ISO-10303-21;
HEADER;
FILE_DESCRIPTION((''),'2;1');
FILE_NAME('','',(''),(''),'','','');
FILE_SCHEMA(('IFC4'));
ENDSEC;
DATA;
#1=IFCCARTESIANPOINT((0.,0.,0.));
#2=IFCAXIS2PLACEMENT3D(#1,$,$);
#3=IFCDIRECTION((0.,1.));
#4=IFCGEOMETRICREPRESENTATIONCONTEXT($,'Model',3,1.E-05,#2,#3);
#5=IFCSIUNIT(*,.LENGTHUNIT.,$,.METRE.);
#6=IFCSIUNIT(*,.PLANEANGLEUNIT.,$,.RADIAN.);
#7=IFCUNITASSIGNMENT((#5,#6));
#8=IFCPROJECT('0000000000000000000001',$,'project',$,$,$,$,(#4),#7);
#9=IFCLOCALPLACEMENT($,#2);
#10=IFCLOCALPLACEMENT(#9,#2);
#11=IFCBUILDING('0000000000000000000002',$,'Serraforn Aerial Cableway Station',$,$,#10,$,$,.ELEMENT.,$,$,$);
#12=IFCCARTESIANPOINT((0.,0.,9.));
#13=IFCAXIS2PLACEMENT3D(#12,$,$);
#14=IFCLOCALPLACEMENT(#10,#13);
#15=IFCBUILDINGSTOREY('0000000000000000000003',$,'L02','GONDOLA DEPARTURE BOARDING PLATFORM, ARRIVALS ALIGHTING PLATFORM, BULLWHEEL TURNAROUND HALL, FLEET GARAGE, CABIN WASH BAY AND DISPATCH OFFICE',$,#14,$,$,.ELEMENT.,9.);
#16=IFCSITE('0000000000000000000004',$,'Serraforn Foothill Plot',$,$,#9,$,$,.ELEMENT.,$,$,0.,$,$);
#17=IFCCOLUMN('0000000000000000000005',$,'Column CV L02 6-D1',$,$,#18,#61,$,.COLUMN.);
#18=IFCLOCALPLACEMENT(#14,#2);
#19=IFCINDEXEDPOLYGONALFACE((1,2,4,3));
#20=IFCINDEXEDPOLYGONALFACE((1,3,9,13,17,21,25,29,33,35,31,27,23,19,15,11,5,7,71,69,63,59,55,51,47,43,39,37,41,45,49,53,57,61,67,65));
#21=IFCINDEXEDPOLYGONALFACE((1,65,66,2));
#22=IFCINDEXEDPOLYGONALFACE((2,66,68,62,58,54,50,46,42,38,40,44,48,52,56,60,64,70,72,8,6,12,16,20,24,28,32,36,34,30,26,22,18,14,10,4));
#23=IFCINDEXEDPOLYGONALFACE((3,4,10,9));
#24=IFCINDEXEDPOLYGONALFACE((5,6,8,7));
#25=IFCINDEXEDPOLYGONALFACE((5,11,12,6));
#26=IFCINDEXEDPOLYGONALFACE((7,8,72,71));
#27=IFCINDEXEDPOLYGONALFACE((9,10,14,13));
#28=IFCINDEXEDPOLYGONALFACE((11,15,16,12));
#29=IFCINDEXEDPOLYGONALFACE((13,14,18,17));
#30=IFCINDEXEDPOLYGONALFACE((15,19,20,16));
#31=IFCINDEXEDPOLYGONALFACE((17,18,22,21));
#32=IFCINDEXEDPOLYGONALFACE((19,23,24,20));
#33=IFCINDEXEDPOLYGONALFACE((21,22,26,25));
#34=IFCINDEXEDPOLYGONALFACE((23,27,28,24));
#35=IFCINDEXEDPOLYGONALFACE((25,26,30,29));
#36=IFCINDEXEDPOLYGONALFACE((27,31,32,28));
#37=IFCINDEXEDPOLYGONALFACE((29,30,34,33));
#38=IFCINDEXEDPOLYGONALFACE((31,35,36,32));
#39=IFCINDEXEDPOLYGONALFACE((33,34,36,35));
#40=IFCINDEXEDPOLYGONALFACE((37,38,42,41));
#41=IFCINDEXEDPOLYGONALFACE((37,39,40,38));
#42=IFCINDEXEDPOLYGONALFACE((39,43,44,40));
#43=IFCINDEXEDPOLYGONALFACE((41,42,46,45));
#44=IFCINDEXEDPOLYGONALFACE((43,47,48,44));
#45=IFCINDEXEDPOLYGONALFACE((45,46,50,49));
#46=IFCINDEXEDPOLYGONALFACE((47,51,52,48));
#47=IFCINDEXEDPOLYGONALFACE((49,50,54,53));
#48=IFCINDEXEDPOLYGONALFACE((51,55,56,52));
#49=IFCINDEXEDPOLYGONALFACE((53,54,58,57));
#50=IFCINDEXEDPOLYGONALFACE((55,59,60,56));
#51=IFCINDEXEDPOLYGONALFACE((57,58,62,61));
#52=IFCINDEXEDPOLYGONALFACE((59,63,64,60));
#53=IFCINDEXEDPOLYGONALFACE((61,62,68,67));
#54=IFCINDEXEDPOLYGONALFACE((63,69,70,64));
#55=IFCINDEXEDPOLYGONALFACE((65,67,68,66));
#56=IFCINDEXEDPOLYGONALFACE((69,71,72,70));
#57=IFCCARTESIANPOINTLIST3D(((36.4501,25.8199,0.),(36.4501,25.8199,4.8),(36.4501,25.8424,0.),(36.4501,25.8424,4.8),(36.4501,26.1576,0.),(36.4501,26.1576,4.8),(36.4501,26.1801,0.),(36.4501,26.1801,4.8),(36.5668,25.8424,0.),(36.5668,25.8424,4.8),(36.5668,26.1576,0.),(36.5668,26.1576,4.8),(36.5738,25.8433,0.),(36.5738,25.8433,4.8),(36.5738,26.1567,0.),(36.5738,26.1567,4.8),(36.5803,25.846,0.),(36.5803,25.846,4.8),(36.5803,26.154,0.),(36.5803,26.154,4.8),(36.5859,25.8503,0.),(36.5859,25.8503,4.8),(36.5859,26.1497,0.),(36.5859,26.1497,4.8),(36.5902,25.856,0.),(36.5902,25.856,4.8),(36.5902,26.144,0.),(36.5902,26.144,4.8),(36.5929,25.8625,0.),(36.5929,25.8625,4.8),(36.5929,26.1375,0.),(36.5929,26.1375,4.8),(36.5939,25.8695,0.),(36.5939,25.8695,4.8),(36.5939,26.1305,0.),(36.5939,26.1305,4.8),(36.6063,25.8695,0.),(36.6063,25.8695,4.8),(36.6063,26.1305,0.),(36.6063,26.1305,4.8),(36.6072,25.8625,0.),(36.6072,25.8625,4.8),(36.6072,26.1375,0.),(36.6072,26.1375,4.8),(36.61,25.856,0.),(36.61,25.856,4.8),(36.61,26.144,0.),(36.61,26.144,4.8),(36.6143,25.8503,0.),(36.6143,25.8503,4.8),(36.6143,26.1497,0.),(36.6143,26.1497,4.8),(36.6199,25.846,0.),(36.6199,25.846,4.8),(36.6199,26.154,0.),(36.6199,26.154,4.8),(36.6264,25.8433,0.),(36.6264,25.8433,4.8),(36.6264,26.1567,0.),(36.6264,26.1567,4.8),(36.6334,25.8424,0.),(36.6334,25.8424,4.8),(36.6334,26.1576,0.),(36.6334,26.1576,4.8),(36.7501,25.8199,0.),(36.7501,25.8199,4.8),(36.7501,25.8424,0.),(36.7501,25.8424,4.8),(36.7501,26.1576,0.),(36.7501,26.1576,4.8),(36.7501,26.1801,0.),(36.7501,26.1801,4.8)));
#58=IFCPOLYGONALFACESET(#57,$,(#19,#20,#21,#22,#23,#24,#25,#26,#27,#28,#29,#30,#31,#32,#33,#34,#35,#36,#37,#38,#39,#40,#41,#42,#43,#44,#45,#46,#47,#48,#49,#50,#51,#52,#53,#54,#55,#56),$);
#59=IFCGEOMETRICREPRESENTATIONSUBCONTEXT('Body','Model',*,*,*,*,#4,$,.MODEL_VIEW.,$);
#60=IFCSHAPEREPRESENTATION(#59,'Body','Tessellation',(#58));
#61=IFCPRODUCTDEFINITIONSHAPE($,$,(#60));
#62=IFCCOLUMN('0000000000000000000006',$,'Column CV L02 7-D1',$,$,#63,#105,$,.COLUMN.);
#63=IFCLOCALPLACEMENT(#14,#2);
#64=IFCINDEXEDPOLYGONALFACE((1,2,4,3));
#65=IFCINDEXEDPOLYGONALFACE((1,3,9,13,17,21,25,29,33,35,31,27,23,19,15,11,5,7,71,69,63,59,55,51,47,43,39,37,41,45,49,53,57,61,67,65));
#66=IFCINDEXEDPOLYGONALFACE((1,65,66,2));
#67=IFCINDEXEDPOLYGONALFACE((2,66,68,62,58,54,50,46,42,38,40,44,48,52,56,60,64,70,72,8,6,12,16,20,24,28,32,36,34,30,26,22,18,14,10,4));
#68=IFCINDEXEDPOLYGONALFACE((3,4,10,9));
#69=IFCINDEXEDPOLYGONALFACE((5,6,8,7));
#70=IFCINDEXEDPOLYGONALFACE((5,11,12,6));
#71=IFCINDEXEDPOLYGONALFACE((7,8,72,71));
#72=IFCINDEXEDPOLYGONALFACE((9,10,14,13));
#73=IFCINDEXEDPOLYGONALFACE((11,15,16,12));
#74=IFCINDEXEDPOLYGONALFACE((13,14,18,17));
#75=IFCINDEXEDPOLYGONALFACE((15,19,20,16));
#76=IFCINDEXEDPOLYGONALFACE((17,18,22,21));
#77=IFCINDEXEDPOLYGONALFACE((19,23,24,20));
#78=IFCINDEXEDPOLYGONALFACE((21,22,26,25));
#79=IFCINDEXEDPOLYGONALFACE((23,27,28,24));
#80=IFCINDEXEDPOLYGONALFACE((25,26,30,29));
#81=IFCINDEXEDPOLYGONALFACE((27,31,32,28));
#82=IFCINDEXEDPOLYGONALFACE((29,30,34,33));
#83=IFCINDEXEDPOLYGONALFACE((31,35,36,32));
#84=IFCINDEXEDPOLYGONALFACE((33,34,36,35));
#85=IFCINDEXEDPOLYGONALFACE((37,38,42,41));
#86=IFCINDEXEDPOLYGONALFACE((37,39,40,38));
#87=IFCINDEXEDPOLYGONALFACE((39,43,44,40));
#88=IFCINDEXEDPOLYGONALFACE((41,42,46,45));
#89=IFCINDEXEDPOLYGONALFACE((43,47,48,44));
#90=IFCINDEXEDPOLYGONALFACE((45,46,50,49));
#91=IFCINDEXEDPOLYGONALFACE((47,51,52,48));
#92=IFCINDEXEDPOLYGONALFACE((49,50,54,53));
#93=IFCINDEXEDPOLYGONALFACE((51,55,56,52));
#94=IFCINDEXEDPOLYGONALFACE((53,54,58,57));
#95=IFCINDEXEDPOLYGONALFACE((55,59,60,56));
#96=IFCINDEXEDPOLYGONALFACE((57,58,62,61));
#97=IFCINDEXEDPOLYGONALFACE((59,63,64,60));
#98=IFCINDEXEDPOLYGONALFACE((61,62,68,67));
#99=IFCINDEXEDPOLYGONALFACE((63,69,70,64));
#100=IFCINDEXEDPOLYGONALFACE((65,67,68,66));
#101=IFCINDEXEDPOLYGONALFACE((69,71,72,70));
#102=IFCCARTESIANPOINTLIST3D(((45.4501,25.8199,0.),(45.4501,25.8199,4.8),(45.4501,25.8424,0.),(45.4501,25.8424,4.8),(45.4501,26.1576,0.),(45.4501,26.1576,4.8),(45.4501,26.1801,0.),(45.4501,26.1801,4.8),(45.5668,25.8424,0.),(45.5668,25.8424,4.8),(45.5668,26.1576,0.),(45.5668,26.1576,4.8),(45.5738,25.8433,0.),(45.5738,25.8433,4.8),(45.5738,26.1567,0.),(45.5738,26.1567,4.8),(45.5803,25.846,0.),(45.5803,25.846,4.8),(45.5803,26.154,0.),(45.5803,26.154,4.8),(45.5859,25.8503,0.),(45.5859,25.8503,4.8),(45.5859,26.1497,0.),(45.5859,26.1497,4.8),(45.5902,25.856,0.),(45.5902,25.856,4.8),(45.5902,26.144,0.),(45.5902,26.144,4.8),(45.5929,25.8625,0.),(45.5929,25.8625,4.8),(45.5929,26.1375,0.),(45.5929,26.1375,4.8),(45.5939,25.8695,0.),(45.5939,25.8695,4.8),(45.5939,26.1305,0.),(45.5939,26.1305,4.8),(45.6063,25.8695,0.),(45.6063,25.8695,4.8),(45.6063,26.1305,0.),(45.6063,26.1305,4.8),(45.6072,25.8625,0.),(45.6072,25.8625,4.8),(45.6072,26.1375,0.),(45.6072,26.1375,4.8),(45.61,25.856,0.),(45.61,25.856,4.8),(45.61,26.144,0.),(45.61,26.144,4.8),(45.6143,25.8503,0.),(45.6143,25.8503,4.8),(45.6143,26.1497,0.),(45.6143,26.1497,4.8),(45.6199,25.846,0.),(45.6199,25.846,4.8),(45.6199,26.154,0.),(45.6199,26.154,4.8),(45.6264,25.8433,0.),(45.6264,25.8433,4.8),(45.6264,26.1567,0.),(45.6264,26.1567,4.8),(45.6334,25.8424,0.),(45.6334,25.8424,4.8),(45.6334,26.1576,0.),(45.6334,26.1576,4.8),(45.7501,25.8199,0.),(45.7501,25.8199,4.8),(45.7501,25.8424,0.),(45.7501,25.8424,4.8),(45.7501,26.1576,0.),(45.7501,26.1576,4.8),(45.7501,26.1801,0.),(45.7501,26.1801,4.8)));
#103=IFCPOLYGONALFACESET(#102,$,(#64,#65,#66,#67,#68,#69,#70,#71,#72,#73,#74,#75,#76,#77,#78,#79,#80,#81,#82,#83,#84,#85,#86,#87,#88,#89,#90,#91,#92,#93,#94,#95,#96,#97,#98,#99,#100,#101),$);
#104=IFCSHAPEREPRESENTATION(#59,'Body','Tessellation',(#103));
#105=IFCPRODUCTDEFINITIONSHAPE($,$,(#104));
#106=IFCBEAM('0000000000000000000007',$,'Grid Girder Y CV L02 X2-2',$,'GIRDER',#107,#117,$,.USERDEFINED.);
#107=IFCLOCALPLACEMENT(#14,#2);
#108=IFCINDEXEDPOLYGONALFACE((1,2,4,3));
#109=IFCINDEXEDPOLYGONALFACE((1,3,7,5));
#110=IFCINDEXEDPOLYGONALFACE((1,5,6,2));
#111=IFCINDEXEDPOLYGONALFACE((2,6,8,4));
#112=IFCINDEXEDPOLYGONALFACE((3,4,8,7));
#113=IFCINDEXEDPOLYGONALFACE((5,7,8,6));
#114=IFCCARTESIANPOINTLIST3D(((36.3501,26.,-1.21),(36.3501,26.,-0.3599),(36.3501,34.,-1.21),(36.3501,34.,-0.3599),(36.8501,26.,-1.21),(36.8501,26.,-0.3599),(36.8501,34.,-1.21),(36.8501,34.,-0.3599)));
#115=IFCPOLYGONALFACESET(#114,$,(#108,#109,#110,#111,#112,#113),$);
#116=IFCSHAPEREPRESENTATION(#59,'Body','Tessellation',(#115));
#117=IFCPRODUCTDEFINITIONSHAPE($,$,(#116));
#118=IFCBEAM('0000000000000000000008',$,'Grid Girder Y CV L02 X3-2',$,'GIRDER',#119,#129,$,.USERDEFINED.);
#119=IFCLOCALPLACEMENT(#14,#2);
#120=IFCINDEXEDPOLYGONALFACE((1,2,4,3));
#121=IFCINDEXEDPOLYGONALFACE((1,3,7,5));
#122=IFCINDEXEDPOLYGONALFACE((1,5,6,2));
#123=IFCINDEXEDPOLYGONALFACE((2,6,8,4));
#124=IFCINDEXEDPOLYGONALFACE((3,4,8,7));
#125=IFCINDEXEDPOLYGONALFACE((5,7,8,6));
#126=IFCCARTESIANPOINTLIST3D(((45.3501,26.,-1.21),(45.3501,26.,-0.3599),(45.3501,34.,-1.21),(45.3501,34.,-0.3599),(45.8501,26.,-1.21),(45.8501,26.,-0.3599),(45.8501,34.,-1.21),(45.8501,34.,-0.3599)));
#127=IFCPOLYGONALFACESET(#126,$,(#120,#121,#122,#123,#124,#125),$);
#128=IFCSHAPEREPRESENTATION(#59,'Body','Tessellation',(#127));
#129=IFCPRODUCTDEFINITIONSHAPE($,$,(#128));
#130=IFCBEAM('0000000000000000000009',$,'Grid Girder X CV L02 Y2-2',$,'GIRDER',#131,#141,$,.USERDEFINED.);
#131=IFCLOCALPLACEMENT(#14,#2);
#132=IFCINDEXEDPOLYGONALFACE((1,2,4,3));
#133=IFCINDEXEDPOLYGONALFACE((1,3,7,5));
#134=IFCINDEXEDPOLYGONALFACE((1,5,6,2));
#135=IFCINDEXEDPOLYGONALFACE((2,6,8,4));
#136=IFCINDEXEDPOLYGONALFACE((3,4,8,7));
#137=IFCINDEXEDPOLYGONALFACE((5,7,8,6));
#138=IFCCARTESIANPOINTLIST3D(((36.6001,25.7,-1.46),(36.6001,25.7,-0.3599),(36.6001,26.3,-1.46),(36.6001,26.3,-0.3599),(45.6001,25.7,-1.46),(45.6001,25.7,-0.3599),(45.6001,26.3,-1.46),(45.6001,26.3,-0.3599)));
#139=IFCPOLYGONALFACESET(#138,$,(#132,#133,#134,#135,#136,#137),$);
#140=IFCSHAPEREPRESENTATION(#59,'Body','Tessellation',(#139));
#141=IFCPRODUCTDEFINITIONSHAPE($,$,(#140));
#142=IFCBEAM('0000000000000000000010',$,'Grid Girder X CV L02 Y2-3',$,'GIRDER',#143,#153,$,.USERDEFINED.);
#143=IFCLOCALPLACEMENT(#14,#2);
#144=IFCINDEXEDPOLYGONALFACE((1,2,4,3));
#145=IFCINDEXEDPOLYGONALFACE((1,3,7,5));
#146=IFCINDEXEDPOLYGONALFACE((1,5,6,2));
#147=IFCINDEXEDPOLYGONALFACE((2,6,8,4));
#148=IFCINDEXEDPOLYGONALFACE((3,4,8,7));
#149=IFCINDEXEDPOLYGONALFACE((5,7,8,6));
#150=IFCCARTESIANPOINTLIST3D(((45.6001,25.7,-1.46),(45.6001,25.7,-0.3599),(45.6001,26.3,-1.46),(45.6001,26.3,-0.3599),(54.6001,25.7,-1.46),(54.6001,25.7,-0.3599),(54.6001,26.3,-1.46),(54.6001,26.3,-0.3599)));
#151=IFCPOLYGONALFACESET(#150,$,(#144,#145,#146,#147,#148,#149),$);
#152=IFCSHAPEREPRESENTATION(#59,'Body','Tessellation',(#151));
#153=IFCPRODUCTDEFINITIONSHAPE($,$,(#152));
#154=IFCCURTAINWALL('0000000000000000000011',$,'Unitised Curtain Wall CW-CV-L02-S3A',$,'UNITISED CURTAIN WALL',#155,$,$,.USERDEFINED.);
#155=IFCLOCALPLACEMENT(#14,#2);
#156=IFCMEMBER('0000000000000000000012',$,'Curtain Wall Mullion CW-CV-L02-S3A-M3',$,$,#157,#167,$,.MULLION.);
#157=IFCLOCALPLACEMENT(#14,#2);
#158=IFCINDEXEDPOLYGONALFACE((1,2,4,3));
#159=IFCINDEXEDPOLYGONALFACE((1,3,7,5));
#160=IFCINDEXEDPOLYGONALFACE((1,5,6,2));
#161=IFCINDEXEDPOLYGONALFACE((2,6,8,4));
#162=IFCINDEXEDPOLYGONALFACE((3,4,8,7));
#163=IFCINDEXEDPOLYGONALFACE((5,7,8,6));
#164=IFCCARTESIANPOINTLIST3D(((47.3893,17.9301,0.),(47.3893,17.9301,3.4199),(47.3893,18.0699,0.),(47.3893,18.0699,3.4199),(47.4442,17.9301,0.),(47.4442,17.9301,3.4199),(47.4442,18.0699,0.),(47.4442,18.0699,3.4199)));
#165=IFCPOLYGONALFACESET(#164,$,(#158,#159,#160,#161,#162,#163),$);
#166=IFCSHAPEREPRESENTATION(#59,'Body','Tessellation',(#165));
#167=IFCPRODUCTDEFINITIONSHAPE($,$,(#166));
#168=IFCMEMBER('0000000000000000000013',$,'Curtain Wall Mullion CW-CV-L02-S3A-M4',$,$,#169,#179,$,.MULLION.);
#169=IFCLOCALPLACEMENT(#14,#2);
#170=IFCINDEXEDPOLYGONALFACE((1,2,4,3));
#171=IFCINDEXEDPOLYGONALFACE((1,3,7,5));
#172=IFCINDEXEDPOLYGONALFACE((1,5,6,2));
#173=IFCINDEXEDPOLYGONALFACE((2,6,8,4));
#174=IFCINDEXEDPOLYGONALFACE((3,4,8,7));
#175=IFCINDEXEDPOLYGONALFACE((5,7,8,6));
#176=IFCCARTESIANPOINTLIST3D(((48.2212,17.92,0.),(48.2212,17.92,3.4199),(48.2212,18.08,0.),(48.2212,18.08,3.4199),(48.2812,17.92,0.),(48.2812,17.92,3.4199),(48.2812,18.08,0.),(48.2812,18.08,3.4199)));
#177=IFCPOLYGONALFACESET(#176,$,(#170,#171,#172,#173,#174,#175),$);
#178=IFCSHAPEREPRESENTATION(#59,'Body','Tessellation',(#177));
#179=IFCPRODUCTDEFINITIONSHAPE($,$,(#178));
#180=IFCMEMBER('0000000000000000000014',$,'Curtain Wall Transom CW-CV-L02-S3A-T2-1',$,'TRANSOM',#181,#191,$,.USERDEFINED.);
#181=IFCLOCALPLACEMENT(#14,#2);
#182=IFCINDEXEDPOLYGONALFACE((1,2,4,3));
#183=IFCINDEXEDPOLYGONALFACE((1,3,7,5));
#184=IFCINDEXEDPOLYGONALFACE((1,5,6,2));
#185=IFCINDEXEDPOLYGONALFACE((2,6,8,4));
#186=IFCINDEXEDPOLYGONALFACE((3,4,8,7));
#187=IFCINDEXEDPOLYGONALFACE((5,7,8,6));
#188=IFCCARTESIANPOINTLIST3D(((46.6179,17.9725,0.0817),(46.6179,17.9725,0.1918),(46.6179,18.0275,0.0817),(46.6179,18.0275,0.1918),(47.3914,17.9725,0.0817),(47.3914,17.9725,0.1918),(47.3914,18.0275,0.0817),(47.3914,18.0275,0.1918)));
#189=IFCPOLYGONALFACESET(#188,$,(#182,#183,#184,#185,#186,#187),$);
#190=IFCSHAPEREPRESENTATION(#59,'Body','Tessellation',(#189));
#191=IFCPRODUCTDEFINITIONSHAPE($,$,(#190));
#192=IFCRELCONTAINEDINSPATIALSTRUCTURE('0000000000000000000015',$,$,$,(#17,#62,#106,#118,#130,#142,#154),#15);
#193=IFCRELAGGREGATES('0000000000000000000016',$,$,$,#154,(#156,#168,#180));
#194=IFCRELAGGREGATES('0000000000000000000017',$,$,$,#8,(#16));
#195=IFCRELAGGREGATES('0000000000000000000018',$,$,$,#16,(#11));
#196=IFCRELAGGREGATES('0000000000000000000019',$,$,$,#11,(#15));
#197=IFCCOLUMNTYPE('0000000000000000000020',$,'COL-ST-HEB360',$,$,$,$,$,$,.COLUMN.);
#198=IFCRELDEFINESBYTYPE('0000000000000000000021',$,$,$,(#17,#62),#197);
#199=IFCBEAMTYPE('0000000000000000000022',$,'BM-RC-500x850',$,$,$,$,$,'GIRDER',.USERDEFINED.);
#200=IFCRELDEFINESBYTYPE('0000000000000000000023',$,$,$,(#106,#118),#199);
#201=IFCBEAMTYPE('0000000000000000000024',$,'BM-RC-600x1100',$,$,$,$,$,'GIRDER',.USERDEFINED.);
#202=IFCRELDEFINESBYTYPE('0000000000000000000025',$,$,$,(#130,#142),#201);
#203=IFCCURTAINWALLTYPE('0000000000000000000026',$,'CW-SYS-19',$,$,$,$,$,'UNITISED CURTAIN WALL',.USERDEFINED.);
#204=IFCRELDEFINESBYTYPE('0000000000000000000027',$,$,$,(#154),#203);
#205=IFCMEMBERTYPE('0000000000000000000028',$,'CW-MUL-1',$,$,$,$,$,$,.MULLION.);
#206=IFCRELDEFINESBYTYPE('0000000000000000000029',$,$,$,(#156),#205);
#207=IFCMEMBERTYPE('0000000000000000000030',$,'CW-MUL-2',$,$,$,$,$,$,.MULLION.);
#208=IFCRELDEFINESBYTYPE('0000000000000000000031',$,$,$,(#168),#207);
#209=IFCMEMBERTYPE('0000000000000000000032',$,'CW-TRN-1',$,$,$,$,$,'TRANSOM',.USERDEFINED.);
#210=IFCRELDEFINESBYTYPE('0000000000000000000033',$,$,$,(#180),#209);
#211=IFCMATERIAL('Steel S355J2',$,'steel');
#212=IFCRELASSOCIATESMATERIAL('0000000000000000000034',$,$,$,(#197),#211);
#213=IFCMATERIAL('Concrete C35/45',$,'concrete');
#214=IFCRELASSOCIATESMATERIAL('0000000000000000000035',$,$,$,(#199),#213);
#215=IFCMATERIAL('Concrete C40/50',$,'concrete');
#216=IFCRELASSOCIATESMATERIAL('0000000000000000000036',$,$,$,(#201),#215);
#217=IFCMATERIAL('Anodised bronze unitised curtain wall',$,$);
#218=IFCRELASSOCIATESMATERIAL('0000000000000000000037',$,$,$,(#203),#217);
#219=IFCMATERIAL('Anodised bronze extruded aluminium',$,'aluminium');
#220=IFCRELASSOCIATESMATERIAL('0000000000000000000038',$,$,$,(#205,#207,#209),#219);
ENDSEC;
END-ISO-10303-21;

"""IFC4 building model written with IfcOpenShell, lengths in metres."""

from ifc_helpers import new_model, si_unit, direction, frame, origin, origin_2d, place, context, subcontext, project, spatial, rectangle, i_section, extrude, material, material_profile, profile_set, type_object, element, aggregate, save


model = new_model("IFC4")

# Units and contexts
model_context = context("Model", 3, precision=1e-05, world=origin(), true_north=direction((0.0, 1.0)))
body_context = subcontext(model_context, "Body", "Model", "MODEL_VIEW")
ifc_project = project(units=[si_unit("LENGTHUNIT", "METRE"), si_unit("PLANEANGLEUNIT", "RADIAN")], contexts=[model_context])

# Site, building, storey
site_placement = place(None, origin())
site = spatial("IfcSite", under=ifc_project, at=site_placement, Name="Serraforn Foothill Plot", CompositionType="ELEMENT", RefElevation=0.0)
building_placement = place(site_placement, origin())
building = spatial("IfcBuilding", under=site, at=building_placement, Name="Serraforn Aerial Cableway Station", CompositionType="ELEMENT")
storey_placement = place(building_placement, frame((0.0, 0.0, 9.0)))
storey = spatial("IfcBuildingStorey", under=building, at=storey_placement, Name="L02", Description="GONDOLA DEPARTURE BOARDING PLATFORM, ARRIVALS ALIGHTING PLATFORM, BULLWHEEL TURNAROUND HALL, FLEET GARAGE, CABIN WASH BAY AND DISPATCH OFFICE", CompositionType="ELEMENT", Elevation=9.0)

# Columns
ifc_material_1 = material(Name="Steel S355J2", Category="steel")
ifc_material_profile_1 = material_profile(ifc_material_1, i_section(OverallWidth=0.3, OverallDepth=0.3601, WebThickness=0.0125, FlangeThickness=0.0225, FilletRadius=0.0271, at=origin_2d()), Name="HEB 360")
ifc_profile_set_1 = profile_set([ifc_material_profile_1], Name="Steel S355J2")
column_type = type_object("IfcColumnType", Name="COL-ST-HEB360", PredefinedType="COLUMN", material=ifc_profile_set_1)
for number, where, z_axis, x_axis, name in (
    (1, (36.6001, 26.0, 0.0), (0.0, 0.0, 1.0), (1.0, 0.0, 0.0), "Column CV L02 6-D1"),
    (2, (45.6001, 26.0, 0.0), (0.0, 0.0, 1.0), (1.0, 0.0, 0.0), "Column CV L02 7-D1"),
):
    element("IfcColumn", number, at=place(storey_placement, frame(where, z_axis=z_axis, x_axis=x_axis)), inside=storey, type_object=column_type, Name=name, PredefinedType="COLUMN", context=body_context, shape_type="SweptSolid", body=[
        extrude(i_section(OverallWidth=0.3, OverallDepth=0.3601, WebThickness=0.0125, FlangeThickness=0.0225, FilletRadius=0.0271, at=origin_2d()), origin(), (0.0, 0.0, 1.0), 4.8),
    ])

# Beams
ifc_material_2 = material(Name="Concrete C35/45", Category="concrete")
ifc_material_profile_2 = material_profile(ifc_material_2, rectangle(XDim=0.5, YDim=0.8501, at=origin_2d()), Name="RC 500x850")
ifc_profile_set_2 = profile_set([ifc_material_profile_2], Name="Concrete C35/45")
beam_type_1 = type_object("IfcBeamType", Name="BM-RC-500x850", ElementType="GIRDER", PredefinedType="USERDEFINED", material=ifc_profile_set_2)
for number, where, z_axis, x_axis, name in (
    (3, (36.6001, 26.0, -0.7849), (0.0, 1.0, 0.0), (-1.0, 0.0, 0.0), "Grid Girder Y CV L02 X2-2"),
    (4, (45.6001, 26.0, -0.7849), (0.0, 1.0, 0.0), (-1.0, 0.0, 0.0), "Grid Girder Y CV L02 X3-2"),
):
    element("IfcBeam", number, at=place(storey_placement, frame(where, z_axis=z_axis, x_axis=x_axis)), inside=storey, type_object=beam_type_1, Name=name, ObjectType="GIRDER", PredefinedType="USERDEFINED", context=body_context, shape_type="SweptSolid", body=[
        extrude(rectangle(XDim=0.5, YDim=0.8501, at=origin_2d()), origin(), (0.0, 0.0, 1.0), 8.0),
    ])
ifc_material_3 = material(Name="Concrete C40/50", Category="concrete")
ifc_material_profile_3 = material_profile(ifc_material_3, rectangle(XDim=0.6001, YDim=1.1001, at=origin_2d()), Name="RC 600x1100")
ifc_profile_set_3 = profile_set([ifc_material_profile_3], Name="Concrete C40/50")
beam_type_2 = type_object("IfcBeamType", Name="BM-RC-600x1100", ElementType="GIRDER", PredefinedType="USERDEFINED", material=ifc_profile_set_3)
for number, where, z_axis, x_axis, name in (
    (5, (36.6001, 26.0, -0.9099), (1.0, 0.0, 0.0), (0.0, 1.0, 0.0), "Grid Girder X CV L02 Y2-2"),
    (6, (45.6001, 26.0, -0.9099), (1.0, 0.0, 0.0), (0.0, 1.0, 0.0), "Grid Girder X CV L02 Y2-3"),
):
    element("IfcBeam", number, at=place(storey_placement, frame(where, z_axis=z_axis, x_axis=x_axis)), inside=storey, type_object=beam_type_2, Name=name, ObjectType="GIRDER", PredefinedType="USERDEFINED", context=body_context, shape_type="SweptSolid", body=[
        extrude(rectangle(XDim=0.6001, YDim=1.1001, at=origin_2d()), origin(), (0.0, 0.0, 1.0), 9.0),
    ])

# Curtain wall, members
ifc_material_4 = material(Name="Anodised bronze unitised curtain wall")
curtain_wall_type = type_object("IfcCurtainWallType", Name="CW-SYS-19", ElementType="UNITISED CURTAIN WALL", PredefinedType="USERDEFINED", material=ifc_material_4)
curtain_wall_placement = place(storey_placement, origin())
curtain_wall = element("IfcCurtainWall", 7, at=curtain_wall_placement, inside=storey, type_object=curtain_wall_type, Name="Unitised Curtain Wall CW-CV-L02-S3A", ObjectType="UNITISED CURTAIN WALL", PredefinedType="USERDEFINED")
ifc_material_5 = material(Name="Anodised bronze extruded aluminium", Category="aluminium")
ifc_material_profile_4 = material_profile(ifc_material_5, rectangle(XDim=0.0549, YDim=0.1399, at=origin_2d()), Name="CW MULLION 55x140")
ifc_profile_set_4 = profile_set([ifc_material_profile_4], Name="Anodised bronze extruded aluminium")
member_type_1 = type_object("IfcMemberType", Name="CW-MUL-1", PredefinedType="MULLION", material=ifc_profile_set_4)
member_1_placement = place(storey_placement, frame((47.4167, 18.0, 0.0), z_axis=(0.0, 0.0, 1.0), x_axis=(1.0, 0.0, 0.0)))
member_1 = element("IfcMember", 8, at=member_1_placement, type_object=member_type_1, Name="Curtain Wall Mullion CW-CV-L02-S3A-M3", PredefinedType="MULLION", context=body_context, shape_type="SweptSolid", body=[
    extrude(rectangle(XDim=0.0549, YDim=0.1399, at=origin_2d()), origin(), (0.0, 0.0, 1.0), 3.4199),
])
ifc_material_profile_5 = material_profile(ifc_material_5, rectangle(XDim=0.0601, YDim=0.1599, at=origin_2d()), Name="CW MULLION 60x160")
ifc_profile_set_5 = profile_set([ifc_material_profile_5], Name="Anodised bronze extruded aluminium")
member_type_2 = type_object("IfcMemberType", Name="CW-MUL-2", PredefinedType="MULLION", material=ifc_profile_set_5)
member_2_placement = place(storey_placement, frame((48.2512, 18.0, 0.0), z_axis=(0.0, 0.0, 1.0), x_axis=(1.0, 0.0, 0.0)))
member_2 = element("IfcMember", 9, at=member_2_placement, type_object=member_type_2, Name="Curtain Wall Mullion CW-CV-L02-S3A-M4", PredefinedType="MULLION", context=body_context, shape_type="SweptSolid", body=[
    extrude(rectangle(XDim=0.0601, YDim=0.1599, at=origin_2d()), origin(), (0.0, 0.0, 1.0), 3.4199),
])
ifc_material_profile_6 = material_profile(ifc_material_5, rectangle(XDim=0.0549, YDim=0.1101, at=origin_2d()), Name="CW TRANSOM 55x110")
ifc_profile_set_6 = profile_set([ifc_material_profile_6], Name="Anodised bronze extruded aluminium")
member_type_3 = type_object("IfcMemberType", Name="CW-TRN-1", ElementType="TRANSOM", PredefinedType="USERDEFINED", material=ifc_profile_set_6)
member_3_placement = place(storey_placement, frame((46.6179, 18.0, 0.1367), z_axis=(1.0, 0.0, 0.0), x_axis=(0.0, 1.0, 0.0)))
member_3 = element("IfcMember", 10, at=member_3_placement, type_object=member_type_3, Name="Curtain Wall Transom CW-CV-L02-S3A-T2-1", ObjectType="TRANSOM", PredefinedType="USERDEFINED", context=body_context, shape_type="SweptSolid", body=[
    extrude(rectangle(XDim=0.0549, YDim=0.1101, at=origin_2d()), origin(), (0.0, 0.0, 1.0), 0.7734),
])
aggregate(curtain_wall, [member_1, member_2, member_3])

save(model, "model.ifc")
